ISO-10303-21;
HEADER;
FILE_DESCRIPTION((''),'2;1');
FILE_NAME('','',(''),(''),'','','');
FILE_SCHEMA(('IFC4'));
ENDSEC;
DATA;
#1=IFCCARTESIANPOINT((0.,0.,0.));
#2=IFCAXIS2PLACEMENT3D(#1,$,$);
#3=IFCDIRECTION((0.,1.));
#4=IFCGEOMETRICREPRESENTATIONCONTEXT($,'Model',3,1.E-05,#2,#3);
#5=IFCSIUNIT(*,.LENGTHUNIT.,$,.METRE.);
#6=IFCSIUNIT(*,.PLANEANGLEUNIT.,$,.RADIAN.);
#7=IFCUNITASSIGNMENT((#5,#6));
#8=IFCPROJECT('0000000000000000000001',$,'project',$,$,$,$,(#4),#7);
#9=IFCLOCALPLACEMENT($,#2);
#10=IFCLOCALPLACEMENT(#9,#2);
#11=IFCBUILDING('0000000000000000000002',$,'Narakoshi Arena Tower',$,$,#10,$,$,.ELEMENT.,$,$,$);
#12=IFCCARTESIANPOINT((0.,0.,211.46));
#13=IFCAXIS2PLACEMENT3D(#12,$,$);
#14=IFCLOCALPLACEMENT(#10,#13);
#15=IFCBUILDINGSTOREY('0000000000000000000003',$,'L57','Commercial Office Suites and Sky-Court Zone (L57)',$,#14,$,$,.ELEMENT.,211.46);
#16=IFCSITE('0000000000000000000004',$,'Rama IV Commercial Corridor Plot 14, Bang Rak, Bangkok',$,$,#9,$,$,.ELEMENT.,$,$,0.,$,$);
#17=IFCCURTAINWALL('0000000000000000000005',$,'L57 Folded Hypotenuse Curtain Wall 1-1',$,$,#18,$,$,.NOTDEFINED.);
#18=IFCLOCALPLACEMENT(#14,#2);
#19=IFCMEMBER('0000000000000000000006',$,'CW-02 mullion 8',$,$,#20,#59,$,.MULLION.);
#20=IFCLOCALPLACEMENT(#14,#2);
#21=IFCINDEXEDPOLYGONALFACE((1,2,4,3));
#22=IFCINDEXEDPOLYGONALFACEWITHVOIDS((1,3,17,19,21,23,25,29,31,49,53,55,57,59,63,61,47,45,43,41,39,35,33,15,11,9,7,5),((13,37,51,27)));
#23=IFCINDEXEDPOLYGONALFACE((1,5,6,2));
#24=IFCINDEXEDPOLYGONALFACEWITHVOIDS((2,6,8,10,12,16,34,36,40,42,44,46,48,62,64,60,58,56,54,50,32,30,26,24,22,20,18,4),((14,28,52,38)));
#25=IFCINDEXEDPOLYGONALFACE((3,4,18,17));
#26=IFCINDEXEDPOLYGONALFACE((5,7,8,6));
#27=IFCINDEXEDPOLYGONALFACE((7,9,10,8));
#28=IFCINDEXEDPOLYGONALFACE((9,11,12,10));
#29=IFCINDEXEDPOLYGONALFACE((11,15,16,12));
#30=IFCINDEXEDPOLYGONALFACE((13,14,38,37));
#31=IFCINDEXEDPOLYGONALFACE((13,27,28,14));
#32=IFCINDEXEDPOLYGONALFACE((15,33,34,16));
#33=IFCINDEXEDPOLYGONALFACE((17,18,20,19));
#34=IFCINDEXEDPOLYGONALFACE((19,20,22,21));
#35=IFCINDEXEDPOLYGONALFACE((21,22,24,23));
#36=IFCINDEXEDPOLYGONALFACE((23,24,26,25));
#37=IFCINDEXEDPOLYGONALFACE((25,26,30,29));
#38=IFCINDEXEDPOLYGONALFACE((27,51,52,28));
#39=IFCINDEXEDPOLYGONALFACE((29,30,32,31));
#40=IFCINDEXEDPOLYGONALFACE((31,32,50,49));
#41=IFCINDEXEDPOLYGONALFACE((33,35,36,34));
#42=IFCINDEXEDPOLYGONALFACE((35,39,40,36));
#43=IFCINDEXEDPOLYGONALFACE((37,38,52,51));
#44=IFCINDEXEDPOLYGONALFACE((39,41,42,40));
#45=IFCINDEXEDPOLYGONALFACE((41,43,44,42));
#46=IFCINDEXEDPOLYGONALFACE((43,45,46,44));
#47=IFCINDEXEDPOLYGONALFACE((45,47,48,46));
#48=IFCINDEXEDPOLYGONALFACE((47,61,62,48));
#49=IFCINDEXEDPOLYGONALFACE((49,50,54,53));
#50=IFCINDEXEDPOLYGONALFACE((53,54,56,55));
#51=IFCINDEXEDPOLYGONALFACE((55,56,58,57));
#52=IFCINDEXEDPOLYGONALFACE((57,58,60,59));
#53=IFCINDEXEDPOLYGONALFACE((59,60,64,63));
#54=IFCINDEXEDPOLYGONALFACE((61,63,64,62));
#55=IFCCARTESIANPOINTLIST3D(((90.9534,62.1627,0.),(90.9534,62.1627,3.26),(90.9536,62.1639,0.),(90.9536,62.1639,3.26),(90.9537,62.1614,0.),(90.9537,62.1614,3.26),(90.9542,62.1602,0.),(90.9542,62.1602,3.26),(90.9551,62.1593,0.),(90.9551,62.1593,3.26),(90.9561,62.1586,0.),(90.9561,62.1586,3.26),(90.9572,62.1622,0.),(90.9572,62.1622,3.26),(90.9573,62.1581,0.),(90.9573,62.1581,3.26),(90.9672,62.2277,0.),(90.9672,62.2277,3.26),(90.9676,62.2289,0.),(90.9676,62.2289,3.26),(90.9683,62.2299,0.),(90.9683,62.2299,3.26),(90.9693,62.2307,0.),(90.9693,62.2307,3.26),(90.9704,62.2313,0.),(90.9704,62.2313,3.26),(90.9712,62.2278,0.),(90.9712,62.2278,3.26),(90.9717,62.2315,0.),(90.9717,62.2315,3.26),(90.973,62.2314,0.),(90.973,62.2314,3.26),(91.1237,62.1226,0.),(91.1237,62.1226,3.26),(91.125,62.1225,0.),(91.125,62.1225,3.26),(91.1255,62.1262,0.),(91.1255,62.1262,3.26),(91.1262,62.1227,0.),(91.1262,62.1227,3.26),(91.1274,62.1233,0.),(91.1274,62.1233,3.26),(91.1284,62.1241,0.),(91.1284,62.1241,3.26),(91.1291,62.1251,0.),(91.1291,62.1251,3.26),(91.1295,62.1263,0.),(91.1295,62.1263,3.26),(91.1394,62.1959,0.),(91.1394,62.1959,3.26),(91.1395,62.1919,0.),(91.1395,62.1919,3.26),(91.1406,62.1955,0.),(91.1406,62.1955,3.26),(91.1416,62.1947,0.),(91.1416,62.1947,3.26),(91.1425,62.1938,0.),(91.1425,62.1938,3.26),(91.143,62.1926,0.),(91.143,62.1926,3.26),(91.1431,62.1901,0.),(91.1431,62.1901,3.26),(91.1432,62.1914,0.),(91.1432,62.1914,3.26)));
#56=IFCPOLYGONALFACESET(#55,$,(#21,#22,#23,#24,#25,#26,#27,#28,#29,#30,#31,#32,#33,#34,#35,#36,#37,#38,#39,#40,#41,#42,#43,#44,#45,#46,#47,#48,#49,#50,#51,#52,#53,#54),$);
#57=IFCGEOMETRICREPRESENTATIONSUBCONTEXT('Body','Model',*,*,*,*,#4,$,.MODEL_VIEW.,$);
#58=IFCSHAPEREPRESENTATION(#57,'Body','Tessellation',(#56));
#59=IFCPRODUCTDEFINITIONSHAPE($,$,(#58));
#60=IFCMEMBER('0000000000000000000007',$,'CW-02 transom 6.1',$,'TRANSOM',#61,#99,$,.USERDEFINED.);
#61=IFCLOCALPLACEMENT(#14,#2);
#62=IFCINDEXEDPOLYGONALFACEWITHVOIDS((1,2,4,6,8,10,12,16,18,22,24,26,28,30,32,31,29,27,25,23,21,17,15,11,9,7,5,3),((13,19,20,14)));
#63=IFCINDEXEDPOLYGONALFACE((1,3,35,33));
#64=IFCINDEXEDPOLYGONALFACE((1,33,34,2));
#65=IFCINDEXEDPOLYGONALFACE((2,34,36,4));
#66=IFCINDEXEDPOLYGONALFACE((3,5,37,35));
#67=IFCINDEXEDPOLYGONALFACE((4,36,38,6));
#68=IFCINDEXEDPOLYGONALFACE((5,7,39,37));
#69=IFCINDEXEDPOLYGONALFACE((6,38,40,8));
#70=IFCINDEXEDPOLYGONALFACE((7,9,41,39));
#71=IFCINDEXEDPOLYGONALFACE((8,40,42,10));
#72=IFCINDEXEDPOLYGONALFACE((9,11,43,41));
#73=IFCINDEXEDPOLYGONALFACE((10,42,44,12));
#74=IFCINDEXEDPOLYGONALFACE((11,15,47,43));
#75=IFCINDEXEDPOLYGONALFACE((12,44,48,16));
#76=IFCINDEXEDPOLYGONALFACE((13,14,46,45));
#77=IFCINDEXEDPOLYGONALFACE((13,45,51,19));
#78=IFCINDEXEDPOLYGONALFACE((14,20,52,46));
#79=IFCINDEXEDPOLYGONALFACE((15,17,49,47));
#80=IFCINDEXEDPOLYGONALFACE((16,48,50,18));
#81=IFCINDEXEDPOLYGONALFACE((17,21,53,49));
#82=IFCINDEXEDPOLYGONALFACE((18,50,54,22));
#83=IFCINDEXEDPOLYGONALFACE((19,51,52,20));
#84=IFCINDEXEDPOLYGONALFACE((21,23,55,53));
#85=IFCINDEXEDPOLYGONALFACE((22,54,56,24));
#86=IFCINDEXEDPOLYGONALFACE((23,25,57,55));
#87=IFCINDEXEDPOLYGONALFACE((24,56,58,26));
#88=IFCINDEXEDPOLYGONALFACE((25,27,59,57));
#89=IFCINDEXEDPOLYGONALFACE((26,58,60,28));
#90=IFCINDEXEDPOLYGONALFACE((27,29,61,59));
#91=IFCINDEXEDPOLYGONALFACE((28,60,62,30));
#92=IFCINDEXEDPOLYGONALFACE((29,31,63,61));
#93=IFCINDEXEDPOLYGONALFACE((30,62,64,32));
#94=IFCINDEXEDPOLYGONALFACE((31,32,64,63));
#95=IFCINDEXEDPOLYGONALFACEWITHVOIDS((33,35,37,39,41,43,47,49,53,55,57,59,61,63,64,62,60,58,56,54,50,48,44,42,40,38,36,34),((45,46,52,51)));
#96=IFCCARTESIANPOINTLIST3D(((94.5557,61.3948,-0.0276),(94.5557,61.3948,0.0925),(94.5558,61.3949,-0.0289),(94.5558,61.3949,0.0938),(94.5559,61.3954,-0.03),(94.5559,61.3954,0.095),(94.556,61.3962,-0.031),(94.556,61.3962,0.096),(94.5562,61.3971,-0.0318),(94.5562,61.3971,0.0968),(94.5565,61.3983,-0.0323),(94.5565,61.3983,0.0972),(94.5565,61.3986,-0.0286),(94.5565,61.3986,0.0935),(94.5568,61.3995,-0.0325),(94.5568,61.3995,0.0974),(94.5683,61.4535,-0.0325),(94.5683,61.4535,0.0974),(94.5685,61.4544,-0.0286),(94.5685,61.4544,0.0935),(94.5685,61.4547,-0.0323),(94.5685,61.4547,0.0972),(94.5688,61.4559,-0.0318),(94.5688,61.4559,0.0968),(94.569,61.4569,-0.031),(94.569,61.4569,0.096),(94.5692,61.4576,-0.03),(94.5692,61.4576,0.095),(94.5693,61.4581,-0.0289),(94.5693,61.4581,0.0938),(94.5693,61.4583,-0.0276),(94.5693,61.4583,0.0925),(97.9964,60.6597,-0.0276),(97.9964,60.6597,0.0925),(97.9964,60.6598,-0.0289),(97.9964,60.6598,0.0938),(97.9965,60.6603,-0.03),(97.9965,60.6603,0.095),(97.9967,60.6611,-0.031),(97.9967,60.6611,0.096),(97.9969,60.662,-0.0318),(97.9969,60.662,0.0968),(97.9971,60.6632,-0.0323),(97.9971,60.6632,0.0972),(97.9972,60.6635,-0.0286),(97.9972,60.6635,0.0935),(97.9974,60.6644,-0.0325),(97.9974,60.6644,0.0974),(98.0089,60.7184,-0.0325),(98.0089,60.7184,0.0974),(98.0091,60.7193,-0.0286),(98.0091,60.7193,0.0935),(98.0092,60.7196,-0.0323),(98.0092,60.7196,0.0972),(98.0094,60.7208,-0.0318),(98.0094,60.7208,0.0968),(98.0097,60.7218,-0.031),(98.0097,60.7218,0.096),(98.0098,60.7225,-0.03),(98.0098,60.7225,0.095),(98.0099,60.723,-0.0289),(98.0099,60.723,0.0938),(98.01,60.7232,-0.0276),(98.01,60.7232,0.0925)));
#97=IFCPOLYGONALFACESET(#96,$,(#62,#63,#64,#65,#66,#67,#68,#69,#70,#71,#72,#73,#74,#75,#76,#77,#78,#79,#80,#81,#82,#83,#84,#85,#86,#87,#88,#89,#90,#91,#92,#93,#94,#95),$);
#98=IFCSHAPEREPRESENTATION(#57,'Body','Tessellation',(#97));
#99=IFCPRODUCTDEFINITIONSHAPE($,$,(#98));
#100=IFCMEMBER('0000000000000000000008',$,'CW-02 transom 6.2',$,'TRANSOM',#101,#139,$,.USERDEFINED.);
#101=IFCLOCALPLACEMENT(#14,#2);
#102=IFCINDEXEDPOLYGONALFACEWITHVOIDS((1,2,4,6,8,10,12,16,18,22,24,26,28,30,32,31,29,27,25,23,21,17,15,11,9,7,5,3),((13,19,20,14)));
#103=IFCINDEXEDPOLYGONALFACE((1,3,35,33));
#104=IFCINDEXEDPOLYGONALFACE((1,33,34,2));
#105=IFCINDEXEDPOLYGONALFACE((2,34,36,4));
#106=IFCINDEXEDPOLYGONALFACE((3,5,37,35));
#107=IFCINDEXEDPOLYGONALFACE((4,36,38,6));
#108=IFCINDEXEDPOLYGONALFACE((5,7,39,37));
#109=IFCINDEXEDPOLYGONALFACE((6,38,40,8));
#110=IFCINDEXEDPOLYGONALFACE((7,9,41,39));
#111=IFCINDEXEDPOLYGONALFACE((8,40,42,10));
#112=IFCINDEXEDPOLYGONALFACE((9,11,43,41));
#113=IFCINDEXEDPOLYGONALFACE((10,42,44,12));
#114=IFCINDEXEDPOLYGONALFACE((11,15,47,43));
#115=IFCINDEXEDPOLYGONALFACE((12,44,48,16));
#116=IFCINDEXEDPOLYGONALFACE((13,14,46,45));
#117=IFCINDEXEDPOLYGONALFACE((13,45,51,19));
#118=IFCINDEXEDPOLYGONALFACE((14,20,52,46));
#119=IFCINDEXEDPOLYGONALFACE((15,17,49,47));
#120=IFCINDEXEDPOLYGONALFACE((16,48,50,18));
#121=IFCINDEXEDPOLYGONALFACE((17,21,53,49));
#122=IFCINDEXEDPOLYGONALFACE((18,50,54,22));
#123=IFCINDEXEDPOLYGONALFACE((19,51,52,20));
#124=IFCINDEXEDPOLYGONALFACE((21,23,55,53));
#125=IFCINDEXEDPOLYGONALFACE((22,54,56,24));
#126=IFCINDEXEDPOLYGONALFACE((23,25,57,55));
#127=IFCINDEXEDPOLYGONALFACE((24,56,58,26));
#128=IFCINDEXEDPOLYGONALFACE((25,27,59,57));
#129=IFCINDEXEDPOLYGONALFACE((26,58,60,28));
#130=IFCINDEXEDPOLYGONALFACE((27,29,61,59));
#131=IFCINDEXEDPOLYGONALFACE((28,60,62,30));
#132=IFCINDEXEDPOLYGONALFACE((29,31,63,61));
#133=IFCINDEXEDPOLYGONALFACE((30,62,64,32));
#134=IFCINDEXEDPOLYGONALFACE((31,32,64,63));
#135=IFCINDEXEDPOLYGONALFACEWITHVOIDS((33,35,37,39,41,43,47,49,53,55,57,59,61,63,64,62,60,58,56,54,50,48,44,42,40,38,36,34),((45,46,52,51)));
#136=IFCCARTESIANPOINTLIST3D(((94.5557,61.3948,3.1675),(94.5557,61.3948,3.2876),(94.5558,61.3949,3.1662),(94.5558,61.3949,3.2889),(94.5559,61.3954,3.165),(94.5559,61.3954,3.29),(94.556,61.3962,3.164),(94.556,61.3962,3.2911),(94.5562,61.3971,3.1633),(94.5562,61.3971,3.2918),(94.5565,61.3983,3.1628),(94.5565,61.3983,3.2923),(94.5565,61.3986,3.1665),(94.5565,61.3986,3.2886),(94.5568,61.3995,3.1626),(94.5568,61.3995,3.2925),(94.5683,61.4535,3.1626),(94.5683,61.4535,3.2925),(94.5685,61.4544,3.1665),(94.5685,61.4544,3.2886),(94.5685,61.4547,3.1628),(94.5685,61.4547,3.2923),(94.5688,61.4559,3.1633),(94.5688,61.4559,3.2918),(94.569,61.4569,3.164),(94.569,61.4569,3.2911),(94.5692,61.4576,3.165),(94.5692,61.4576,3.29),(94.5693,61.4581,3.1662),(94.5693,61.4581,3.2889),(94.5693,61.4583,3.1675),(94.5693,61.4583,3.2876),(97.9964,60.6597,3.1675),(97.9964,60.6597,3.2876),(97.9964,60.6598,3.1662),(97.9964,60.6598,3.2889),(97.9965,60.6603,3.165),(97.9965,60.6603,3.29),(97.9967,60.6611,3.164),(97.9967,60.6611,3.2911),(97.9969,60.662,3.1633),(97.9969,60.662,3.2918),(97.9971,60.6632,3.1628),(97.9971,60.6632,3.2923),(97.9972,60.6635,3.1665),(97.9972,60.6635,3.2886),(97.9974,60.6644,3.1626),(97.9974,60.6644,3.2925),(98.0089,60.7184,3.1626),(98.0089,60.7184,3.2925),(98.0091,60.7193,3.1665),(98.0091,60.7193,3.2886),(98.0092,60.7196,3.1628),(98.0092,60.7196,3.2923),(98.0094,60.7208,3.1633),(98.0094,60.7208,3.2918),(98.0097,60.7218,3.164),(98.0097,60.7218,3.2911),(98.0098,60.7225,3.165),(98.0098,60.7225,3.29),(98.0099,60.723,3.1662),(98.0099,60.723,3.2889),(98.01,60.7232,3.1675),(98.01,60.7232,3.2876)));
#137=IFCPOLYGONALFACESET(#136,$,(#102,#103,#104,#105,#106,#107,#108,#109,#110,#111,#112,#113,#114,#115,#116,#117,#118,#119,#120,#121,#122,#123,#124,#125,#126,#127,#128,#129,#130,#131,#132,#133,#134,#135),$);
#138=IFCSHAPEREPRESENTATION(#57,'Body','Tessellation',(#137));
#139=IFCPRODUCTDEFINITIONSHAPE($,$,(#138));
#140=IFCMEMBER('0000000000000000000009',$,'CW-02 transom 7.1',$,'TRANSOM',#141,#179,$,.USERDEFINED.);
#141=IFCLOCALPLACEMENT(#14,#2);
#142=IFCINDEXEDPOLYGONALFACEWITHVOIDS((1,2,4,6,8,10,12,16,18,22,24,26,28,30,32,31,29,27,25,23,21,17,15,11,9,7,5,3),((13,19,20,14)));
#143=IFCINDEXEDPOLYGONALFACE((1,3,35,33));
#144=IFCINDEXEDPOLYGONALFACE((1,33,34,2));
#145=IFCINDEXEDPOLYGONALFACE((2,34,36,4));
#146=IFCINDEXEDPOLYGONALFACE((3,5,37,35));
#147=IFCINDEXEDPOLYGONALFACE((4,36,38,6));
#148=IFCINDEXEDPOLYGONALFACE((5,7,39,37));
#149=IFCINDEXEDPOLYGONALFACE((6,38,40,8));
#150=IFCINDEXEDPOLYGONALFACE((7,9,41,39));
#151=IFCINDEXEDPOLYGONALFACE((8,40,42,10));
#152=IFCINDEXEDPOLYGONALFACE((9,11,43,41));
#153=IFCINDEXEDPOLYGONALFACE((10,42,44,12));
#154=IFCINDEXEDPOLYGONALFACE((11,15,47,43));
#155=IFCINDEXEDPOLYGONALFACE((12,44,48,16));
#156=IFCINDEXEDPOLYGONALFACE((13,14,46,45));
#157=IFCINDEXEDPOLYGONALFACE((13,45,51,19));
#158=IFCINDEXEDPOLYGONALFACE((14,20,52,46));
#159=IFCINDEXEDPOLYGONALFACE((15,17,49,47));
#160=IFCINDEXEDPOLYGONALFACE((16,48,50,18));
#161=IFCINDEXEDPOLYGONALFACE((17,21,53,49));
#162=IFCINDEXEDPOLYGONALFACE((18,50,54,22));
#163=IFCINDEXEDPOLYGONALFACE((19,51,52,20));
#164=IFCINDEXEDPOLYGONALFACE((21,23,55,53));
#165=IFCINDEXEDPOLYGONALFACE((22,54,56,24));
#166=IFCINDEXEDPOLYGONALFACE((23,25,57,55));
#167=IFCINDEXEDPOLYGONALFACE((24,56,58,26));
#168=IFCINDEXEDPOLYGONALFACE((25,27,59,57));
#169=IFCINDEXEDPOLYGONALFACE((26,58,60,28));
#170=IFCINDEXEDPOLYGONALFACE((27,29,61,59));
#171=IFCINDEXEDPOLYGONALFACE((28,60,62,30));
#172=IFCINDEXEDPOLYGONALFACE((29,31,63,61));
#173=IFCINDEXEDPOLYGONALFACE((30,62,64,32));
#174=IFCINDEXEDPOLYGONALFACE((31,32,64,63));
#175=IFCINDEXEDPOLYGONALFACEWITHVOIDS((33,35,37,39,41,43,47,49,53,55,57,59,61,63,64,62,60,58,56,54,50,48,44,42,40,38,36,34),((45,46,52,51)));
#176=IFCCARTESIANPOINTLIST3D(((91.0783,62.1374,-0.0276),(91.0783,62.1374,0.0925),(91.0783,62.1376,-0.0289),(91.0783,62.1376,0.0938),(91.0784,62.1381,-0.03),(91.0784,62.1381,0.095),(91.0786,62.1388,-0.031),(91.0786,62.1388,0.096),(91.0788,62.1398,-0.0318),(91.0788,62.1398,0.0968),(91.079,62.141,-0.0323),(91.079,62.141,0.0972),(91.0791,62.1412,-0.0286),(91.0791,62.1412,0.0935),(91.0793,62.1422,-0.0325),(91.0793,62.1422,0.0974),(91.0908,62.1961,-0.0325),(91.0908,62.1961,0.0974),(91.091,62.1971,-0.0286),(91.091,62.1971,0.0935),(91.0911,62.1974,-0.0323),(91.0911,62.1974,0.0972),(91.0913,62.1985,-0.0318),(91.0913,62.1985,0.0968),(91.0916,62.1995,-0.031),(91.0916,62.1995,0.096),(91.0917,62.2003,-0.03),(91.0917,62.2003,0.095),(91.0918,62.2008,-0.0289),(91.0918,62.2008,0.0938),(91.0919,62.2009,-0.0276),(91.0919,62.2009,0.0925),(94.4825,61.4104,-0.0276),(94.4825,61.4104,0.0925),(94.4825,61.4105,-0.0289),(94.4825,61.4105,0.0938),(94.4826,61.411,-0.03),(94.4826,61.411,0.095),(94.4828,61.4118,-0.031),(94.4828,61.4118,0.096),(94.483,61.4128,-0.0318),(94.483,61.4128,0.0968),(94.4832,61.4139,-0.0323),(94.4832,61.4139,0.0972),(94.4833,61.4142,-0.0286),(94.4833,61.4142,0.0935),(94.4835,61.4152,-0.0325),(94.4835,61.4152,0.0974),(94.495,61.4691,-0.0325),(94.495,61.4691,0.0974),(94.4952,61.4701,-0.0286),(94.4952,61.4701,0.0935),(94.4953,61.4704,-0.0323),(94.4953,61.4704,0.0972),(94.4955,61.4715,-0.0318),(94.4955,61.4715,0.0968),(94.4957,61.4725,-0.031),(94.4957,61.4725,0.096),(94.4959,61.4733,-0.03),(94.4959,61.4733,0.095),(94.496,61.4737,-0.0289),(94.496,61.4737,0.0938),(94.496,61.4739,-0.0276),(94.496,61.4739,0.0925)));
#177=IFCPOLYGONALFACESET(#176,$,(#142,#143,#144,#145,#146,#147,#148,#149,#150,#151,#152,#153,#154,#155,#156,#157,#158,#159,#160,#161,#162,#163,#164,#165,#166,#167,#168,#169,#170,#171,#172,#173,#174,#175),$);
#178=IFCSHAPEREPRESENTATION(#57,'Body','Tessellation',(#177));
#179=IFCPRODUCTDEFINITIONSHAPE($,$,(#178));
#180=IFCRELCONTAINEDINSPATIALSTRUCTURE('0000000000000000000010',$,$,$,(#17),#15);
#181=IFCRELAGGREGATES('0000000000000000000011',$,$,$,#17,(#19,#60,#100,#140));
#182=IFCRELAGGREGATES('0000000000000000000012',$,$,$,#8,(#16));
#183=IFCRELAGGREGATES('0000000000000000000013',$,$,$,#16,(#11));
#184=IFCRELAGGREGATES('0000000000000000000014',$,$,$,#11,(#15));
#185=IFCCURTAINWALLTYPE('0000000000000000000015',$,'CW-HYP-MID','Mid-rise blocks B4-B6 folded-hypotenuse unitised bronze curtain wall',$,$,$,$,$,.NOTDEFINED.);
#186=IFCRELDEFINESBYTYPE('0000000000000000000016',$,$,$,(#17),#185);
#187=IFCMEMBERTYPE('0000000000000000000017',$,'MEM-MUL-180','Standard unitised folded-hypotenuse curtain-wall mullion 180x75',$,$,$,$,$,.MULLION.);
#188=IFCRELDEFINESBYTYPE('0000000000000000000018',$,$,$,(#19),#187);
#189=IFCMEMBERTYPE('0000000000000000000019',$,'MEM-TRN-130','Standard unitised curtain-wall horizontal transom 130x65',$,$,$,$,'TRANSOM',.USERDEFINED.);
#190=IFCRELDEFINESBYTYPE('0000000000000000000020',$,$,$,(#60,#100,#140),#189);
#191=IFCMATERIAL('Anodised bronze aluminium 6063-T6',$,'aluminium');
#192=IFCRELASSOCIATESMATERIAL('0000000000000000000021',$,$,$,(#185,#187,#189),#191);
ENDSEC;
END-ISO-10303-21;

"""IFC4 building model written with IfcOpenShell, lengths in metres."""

from ifc_helpers import new_model, si_unit, direction, frame, origin, origin_2d, place, context, subcontext, project, spatial, hollow_rectangle, extrude, material, material_profile, profile_set, type_object, element, aggregate, save


model = new_model("IFC4")

# Units and contexts
model_context = context("Model", 3, precision=1e-05, world=origin(), true_north=direction((0.0, 1.0)))
body_context = subcontext(model_context, "Body", "Model", "MODEL_VIEW")
ifc_project = project(units=[si_unit("LENGTHUNIT", "METRE"), si_unit("PLANEANGLEUNIT", "RADIAN")], contexts=[model_context])

# Site, building, storey
site_placement = place(None, origin())
site = spatial("IfcSite", under=ifc_project, at=site_placement, Name="Rama IV Commercial Corridor Plot 14, Bang Rak, Bangkok", CompositionType="ELEMENT", RefElevation=0.0)
building_placement = place(site_placement, origin())
building = spatial("IfcBuilding", under=site, at=building_placement, Name="Narakoshi Arena Tower", CompositionType="ELEMENT")
storey_placement = place(building_placement, frame((0.0, 0.0, 211.46)))
storey = spatial("IfcBuildingStorey", under=building, at=storey_placement, Name="L57", Description="Commercial Office Suites and Sky-Court Zone (L57)", CompositionType="ELEMENT", Elevation=211.46)

# Curtain wall, members
ifc_material_1 = material(Name="Anodised bronze aluminium 6063-T6", Category="aluminium")
curtain_wall_type = type_object("IfcCurtainWallType", Name="CW-HYP-MID", Description="Mid-rise blocks B4-B6 folded-hypotenuse unitised bronze curtain wall", PredefinedType="NOTDEFINED", material=ifc_material_1)
curtain_wall_placement = place(storey_placement, origin())
curtain_wall = element("IfcCurtainWall", 1, at=curtain_wall_placement, inside=storey, type_object=curtain_wall_type, Name="L57 Folded Hypotenuse Curtain Wall 1-1", PredefinedType="NOTDEFINED")
ifc_material_profile_1 = material_profile(ifc_material_1, hollow_rectangle(XDim=0.075, YDim=0.1799, WallThickness=0.0039, OuterFilletRadius=0.0049, at=origin_2d()), Name="MUL180x75x4")
ifc_profile_set_1 = profile_set([ifc_material_profile_1], Name="Anodised bronze aluminium 6063-T6")
member_type_1 = type_object("IfcMemberType", Name="MEM-MUL-180", Description="Standard unitised folded-hypotenuse curtain-wall mullion 180x75", PredefinedType="MULLION", material=ifc_profile_set_1)
member_1_placement = place(storey_placement, frame((91.0483, 62.177, 0.0), z_axis=(0.0, 0.0, 1.0), x_axis=(-0.208899, -0.977937, 0.0)))
member_1 = element("IfcMember", 2, at=member_1_placement, type_object=member_type_1, Name="CW-02 mullion 8", PredefinedType="MULLION", context=body_context, shape_type="SweptSolid", body=[
    extrude(hollow_rectangle(XDim=0.075, YDim=0.1799, WallThickness=0.0039, OuterFilletRadius=0.0049, at=origin_2d()), origin(), (0.0, 0.0, 1.0), 3.26),
])
ifc_material_profile_2 = material_profile(ifc_material_1, hollow_rectangle(XDim=0.0649, YDim=0.1299, WallThickness=0.0039, OuterFilletRadius=0.0049, at=origin_2d()), Name="TRN130x65x4")
ifc_profile_set_2 = profile_set([ifc_material_profile_2], Name="Anodised bronze aluminium 6063-T6")
member_type_2 = type_object("IfcMemberType", Name="MEM-TRN-130", Description="Standard unitised curtain-wall horizontal transom 130x65", ElementType="TRANSOM", PredefinedType="USERDEFINED", material=ifc_profile_set_2)
member_2_placement = place(storey_placement, frame((98.0032, 60.6914, 0.0325), z_axis=(-0.977929, 0.208937, 0.0), x_axis=(-0.208937, -0.977929, 0.0)))
member_2 = element("IfcMember", 3, at=member_2_placement, type_object=member_type_2, Name="CW-02 transom 6.1", ObjectType="TRANSOM", PredefinedType="USERDEFINED", context=body_context, shape_type="SweptSolid", body=[
    extrude(hollow_rectangle(XDim=0.0649, YDim=0.1299, WallThickness=0.0039, OuterFilletRadius=0.0049, at=origin_2d()), origin(), (0.0, 0.0, 1.0), 3.5183),
])
member_3_placement = place(storey_placement, frame((98.0032, 60.6914, 3.2275), z_axis=(-0.977929, 0.208937, 0.0), x_axis=(-0.208937, -0.977929, 0.0)))
member_3 = element("IfcMember", 4, at=member_3_placement, type_object=member_type_2, Name="CW-02 transom 6.2", ObjectType="TRANSOM", PredefinedType="USERDEFINED", context=body_context, shape_type="SweptSolid", body=[
    extrude(hollow_rectangle(XDim=0.0649, YDim=0.1299, WallThickness=0.0039, OuterFilletRadius=0.0049, at=origin_2d()), origin(), (0.0, 0.0, 1.0), 3.5183),
])
member_4_placement = place(storey_placement, frame((94.4893, 61.4421, 0.0325), z_axis=(-0.977946, 0.208858, 0.0), x_axis=(-0.208858, -0.977946, 0.0)))
member_4 = element("IfcMember", 5, at=member_4_placement, type_object=member_type_2, Name="CW-02 transom 7.1", ObjectType="TRANSOM", PredefinedType="USERDEFINED", context=body_context, shape_type="SweptSolid", body=[
    extrude(hollow_rectangle(XDim=0.0649, YDim=0.1299, WallThickness=0.0039, OuterFilletRadius=0.0049, at=origin_2d()), origin(), (0.0, 0.0, 1.0), 3.481),
])
aggregate(curtain_wall, [member_1, member_2, member_3, member_4])

save(model, "model.ifc")
